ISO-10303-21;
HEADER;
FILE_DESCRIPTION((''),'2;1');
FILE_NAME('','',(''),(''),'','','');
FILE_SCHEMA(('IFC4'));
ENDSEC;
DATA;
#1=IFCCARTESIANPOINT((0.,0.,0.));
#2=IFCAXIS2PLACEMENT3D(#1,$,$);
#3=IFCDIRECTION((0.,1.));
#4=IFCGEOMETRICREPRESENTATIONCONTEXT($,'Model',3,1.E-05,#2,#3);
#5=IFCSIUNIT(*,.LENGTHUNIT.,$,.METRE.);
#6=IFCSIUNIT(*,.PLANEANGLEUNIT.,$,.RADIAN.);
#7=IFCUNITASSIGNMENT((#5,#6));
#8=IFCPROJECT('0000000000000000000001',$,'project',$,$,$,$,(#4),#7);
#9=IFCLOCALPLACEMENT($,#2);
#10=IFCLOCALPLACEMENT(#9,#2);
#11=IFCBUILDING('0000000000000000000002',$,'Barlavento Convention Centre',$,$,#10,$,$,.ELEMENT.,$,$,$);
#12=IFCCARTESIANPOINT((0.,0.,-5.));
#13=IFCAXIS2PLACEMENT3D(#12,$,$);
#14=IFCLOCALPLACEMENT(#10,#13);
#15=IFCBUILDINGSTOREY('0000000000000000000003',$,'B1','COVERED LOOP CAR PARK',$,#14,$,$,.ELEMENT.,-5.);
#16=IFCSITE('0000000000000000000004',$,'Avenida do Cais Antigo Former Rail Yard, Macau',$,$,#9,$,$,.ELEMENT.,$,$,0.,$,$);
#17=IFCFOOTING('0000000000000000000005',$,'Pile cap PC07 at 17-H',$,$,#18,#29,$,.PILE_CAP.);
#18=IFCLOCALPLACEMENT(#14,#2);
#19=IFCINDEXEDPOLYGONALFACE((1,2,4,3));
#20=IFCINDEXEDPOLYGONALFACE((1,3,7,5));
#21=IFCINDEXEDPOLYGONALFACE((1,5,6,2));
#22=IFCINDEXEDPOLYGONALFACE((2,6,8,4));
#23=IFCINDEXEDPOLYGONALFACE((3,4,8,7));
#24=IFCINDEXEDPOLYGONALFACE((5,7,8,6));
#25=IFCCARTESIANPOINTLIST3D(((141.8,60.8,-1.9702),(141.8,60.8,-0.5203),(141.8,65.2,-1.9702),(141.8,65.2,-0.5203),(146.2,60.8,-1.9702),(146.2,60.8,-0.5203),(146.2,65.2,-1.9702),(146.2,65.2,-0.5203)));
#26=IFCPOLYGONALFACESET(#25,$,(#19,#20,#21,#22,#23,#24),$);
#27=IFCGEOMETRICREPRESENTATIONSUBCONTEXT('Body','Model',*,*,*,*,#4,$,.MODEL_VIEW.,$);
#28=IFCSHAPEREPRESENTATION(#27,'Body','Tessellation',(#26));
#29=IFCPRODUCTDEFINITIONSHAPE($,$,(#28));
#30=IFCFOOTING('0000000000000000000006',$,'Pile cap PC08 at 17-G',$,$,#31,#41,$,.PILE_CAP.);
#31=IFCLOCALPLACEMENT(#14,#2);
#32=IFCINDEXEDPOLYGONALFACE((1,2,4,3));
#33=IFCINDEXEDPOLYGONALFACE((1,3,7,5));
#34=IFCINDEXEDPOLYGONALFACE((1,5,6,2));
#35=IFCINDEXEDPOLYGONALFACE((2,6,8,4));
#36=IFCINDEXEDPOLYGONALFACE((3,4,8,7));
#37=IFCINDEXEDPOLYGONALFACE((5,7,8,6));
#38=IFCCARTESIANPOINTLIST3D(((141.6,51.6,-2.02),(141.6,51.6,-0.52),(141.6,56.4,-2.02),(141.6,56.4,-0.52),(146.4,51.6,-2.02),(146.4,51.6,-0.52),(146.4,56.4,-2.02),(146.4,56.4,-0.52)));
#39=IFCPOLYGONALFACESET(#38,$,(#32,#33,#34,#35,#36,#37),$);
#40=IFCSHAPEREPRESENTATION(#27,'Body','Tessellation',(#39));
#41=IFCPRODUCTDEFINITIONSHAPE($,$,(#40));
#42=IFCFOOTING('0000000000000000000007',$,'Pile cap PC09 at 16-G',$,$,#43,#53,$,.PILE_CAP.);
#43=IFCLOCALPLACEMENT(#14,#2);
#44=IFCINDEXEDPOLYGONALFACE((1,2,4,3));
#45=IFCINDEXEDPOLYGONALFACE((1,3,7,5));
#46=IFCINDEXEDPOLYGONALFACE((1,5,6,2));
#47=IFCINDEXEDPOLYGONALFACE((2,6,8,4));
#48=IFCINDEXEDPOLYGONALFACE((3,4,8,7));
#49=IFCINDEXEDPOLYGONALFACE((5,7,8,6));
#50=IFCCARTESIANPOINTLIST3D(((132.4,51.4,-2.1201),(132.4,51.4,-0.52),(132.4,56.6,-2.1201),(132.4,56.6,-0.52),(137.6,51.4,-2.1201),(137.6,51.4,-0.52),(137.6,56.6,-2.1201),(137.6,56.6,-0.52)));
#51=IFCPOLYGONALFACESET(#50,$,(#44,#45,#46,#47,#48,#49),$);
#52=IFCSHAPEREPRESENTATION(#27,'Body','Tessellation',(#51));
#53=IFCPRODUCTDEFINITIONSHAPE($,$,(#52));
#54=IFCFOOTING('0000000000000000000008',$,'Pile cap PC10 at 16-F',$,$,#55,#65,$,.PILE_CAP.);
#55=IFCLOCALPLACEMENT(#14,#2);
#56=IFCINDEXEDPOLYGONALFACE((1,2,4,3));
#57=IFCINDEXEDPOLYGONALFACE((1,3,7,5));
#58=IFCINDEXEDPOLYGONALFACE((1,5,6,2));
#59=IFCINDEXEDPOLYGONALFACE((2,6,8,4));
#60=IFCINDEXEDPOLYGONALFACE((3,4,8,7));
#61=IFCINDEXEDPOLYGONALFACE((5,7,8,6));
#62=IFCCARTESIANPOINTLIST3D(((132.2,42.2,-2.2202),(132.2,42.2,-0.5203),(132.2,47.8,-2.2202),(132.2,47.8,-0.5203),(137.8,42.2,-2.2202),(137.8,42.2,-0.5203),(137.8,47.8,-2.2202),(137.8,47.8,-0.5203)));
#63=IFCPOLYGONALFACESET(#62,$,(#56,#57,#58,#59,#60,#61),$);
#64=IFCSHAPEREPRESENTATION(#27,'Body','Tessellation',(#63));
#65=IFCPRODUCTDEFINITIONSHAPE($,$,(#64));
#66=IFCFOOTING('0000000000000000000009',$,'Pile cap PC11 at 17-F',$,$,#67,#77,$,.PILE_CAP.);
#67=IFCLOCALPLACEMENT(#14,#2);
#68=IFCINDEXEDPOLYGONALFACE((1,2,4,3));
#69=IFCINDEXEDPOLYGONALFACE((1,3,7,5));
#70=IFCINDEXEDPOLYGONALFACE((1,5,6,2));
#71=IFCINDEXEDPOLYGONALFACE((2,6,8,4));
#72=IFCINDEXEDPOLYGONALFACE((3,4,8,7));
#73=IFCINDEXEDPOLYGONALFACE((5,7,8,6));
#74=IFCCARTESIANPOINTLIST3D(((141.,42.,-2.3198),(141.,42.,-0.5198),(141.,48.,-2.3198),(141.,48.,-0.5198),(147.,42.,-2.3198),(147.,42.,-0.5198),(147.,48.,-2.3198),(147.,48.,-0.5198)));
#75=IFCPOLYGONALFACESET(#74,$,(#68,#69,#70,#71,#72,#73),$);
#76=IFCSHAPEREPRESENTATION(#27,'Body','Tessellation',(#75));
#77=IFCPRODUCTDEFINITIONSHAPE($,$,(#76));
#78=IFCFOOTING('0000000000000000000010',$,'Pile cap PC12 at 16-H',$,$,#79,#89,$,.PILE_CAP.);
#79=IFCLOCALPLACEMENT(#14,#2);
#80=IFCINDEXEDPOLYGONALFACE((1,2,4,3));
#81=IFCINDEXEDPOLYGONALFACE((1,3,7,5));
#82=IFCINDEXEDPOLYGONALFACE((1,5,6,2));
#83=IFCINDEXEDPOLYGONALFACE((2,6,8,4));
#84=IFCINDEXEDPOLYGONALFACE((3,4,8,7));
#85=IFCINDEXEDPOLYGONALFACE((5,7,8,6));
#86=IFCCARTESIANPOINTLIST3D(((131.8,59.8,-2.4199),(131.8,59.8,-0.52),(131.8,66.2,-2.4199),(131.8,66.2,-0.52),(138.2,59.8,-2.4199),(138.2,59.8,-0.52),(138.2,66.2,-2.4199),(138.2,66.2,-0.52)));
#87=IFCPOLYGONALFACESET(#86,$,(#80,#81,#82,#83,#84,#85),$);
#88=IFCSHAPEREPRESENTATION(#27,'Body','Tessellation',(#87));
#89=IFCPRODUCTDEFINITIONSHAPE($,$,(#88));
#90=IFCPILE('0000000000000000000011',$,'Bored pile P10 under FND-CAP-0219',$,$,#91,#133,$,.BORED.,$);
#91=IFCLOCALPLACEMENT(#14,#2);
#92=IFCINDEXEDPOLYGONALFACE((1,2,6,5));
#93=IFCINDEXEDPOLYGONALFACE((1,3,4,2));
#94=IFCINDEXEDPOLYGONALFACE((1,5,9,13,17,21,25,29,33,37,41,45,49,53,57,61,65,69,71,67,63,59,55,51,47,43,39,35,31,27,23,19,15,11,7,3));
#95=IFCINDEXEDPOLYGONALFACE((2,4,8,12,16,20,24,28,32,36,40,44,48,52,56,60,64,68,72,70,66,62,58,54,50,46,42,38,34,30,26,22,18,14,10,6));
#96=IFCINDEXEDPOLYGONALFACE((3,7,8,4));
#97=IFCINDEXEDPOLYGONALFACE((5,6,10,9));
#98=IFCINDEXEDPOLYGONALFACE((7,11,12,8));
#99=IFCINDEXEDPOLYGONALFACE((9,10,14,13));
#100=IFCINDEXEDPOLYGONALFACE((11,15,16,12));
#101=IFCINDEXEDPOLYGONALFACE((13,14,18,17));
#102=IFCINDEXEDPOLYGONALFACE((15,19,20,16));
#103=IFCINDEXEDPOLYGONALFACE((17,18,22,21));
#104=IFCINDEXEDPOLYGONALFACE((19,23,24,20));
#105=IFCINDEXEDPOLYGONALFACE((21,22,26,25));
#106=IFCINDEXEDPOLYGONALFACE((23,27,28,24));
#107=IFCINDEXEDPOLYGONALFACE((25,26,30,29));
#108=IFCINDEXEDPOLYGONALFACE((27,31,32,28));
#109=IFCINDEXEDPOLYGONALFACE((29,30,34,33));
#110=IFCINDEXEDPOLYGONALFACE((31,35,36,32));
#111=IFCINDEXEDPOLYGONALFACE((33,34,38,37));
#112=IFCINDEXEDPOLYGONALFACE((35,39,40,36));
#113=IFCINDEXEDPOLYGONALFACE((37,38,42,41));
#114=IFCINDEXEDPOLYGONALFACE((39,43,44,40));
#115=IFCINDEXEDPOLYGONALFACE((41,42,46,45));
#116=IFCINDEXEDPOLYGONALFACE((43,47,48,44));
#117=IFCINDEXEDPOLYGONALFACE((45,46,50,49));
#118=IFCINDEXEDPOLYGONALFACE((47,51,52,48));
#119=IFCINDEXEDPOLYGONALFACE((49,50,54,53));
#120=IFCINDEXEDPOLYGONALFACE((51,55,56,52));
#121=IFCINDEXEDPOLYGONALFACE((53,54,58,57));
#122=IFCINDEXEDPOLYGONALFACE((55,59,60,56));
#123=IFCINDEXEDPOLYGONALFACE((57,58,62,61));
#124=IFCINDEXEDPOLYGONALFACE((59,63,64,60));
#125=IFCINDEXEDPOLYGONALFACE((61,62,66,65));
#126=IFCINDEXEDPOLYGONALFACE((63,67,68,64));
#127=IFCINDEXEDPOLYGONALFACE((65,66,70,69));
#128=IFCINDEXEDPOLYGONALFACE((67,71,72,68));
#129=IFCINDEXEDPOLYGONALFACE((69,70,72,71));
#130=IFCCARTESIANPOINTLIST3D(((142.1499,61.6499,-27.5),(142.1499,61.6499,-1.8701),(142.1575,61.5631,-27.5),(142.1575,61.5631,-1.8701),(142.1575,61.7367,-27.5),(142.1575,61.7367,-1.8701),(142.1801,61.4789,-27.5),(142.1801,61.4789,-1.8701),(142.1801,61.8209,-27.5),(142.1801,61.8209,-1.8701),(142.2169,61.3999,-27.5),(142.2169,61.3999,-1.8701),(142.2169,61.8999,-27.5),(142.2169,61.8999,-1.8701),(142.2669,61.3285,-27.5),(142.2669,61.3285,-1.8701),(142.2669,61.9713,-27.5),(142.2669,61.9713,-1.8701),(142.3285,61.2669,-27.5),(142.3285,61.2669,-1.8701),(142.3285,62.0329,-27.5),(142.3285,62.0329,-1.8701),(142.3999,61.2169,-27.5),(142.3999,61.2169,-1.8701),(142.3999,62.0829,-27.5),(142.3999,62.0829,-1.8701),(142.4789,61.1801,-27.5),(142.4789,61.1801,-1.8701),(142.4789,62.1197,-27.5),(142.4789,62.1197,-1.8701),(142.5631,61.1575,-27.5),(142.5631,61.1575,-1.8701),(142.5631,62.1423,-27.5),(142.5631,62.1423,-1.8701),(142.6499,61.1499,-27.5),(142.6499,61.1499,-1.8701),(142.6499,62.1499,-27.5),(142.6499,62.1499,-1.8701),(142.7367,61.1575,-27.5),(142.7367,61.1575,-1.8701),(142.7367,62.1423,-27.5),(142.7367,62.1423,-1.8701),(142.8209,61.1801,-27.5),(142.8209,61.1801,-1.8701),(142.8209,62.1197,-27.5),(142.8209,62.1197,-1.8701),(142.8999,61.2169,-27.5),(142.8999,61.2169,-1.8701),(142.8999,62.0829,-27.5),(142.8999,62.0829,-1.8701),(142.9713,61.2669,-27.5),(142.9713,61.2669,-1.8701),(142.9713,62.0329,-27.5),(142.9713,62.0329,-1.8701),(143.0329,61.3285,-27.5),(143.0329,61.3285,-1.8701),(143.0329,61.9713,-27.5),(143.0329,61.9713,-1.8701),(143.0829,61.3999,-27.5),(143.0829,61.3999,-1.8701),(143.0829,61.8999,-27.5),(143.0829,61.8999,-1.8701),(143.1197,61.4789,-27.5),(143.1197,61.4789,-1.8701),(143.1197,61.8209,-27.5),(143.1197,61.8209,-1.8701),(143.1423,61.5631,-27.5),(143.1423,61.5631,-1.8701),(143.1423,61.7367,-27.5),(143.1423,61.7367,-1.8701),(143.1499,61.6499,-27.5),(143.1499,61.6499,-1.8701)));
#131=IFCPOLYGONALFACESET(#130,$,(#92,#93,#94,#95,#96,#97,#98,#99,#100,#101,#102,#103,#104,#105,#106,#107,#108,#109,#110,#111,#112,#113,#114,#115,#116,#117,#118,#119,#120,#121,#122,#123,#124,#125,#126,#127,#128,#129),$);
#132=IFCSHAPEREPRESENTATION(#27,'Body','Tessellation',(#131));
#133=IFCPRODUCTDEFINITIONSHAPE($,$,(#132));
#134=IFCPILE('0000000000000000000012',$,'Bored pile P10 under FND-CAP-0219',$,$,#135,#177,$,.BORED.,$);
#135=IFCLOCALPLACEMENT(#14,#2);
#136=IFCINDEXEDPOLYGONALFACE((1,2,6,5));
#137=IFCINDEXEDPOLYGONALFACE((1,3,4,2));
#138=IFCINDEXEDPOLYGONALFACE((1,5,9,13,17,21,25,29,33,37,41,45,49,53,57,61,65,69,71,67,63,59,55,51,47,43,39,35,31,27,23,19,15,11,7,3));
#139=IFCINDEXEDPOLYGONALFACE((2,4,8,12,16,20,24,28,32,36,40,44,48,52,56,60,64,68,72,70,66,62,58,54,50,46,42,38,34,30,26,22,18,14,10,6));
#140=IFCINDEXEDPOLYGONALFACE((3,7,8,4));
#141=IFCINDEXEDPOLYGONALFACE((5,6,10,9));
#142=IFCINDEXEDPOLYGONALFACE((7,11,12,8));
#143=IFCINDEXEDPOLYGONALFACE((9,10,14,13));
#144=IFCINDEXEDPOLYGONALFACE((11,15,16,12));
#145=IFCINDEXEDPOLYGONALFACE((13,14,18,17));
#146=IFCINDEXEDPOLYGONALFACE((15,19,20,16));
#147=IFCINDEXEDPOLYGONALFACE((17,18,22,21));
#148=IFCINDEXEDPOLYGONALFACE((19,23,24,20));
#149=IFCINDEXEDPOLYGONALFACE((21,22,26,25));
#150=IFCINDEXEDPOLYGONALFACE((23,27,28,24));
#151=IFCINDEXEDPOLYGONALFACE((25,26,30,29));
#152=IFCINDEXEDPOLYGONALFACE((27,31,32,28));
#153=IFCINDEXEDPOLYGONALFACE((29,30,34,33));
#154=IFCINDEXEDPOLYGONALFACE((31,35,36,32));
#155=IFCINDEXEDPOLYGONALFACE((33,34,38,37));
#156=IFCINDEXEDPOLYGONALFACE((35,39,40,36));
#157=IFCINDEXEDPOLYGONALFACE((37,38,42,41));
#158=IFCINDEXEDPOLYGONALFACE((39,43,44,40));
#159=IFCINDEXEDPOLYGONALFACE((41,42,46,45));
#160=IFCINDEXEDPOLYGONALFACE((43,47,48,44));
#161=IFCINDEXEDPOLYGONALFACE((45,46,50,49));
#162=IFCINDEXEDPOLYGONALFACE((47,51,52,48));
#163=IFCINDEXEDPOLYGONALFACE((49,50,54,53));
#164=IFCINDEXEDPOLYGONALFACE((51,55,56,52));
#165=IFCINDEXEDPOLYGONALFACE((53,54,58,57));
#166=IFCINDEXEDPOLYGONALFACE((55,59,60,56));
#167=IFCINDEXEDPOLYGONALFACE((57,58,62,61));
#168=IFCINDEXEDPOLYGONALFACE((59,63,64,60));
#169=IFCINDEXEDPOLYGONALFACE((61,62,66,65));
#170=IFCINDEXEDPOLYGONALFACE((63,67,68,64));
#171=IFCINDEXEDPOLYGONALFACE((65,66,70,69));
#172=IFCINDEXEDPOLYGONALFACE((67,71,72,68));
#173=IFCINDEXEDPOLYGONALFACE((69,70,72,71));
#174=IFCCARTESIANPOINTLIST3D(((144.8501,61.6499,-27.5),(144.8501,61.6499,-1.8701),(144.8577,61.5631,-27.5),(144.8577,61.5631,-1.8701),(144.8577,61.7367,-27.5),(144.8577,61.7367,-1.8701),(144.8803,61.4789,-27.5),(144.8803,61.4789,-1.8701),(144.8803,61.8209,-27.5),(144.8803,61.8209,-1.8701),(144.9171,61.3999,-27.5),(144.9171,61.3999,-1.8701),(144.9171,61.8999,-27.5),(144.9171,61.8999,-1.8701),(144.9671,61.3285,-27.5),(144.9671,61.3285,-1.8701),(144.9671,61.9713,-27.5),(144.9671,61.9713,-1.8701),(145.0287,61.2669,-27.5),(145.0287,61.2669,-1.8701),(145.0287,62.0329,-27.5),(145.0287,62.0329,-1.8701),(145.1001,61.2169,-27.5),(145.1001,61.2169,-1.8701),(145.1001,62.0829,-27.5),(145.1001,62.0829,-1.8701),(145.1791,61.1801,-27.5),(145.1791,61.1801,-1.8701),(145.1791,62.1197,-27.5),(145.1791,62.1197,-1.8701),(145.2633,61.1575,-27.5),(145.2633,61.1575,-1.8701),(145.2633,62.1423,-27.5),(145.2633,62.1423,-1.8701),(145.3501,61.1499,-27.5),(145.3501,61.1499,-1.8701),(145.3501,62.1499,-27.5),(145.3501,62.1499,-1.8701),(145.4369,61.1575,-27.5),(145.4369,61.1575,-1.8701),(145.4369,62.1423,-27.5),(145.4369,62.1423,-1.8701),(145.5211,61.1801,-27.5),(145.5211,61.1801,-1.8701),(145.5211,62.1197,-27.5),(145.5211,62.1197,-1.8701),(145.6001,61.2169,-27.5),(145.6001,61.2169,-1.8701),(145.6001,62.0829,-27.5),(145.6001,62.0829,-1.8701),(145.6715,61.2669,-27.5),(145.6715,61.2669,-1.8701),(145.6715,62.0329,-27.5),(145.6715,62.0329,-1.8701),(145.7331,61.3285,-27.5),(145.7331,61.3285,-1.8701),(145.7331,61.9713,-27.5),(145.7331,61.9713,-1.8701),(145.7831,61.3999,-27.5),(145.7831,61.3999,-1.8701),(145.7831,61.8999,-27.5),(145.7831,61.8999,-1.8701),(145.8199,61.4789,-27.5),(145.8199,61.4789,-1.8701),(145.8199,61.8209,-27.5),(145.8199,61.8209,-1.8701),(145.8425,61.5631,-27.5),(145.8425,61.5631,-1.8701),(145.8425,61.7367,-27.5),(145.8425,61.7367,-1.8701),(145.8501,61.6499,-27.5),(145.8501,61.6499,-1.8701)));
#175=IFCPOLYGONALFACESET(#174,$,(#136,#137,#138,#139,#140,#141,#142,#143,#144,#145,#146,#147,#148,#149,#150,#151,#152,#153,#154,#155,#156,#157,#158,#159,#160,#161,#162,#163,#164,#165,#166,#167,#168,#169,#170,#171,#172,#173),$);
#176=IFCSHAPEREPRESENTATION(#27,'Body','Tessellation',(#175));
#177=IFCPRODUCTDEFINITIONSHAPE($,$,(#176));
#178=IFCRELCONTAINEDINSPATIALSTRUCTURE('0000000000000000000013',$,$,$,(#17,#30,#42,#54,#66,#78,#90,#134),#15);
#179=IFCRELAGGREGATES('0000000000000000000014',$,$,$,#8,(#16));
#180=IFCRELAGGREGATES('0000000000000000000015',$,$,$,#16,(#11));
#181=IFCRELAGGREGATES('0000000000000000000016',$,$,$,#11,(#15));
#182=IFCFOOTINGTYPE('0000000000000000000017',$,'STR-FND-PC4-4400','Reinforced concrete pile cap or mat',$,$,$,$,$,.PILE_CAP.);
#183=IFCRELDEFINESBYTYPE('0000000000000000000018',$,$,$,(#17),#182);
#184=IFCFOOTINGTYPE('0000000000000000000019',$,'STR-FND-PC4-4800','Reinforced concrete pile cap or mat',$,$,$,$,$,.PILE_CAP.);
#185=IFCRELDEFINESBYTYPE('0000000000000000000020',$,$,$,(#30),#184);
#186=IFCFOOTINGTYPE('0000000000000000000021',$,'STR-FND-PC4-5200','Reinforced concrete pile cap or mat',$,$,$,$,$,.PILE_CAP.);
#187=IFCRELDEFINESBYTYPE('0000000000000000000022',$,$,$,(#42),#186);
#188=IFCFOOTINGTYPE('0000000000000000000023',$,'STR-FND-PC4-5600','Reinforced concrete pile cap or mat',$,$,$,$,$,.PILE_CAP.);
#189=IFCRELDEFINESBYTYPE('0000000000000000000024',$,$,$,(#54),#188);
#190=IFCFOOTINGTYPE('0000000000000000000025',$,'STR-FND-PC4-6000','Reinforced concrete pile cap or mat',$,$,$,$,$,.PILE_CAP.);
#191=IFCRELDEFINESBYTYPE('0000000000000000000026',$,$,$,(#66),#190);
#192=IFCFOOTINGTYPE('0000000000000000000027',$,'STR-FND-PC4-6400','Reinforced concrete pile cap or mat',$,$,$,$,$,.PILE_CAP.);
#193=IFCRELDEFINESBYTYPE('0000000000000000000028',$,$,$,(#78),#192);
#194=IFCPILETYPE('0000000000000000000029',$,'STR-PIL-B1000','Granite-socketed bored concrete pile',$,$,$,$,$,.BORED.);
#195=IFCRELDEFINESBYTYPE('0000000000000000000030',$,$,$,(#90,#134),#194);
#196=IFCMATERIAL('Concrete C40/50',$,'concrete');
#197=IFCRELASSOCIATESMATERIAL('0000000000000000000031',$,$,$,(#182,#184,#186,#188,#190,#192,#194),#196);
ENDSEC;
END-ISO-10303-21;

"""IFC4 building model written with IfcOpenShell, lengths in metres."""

from ifc_helpers import new_model, si_unit, direction, frame, origin, origin_2d, place, context, subcontext, project, spatial, rectangle, circle, extrude, material, material_profile, profile_set, type_object, element, save


model = new_model("IFC4")

# Units and contexts
model_context = context("Model", 3, precision=1e-05, world=origin(), true_north=direction((0.0, 1.0)))
body_context = subcontext(model_context, "Body", "Model", "MODEL_VIEW")
ifc_project = project(units=[si_unit("LENGTHUNIT", "METRE"), si_unit("PLANEANGLEUNIT", "RADIAN")], contexts=[model_context])

# Site, building, storey
site_placement = place(None, origin())
site = spatial("IfcSite", under=ifc_project, at=site_placement, Name="Avenida do Cais Antigo Former Rail Yard, Macau", CompositionType="ELEMENT", RefElevation=0.0)
building_placement = place(site_placement, origin())
building = spatial("IfcBuilding", under=site, at=building_placement, Name="Barlavento Convention Centre", CompositionType="ELEMENT")
storey_placement = place(building_placement, frame((0.0, 0.0, -5.0)))
storey = spatial("IfcBuildingStorey", under=building, at=storey_placement, Name="B1", Description="COVERED LOOP CAR PARK", CompositionType="ELEMENT", Elevation=-5.0)

# Footings
ifc_material_1 = material(Name="Concrete C40/50", Category="concrete")
footing_type_1 = type_object("IfcFootingType", Name="STR-FND-PC4-4400", Description="Reinforced concrete pile cap or mat", PredefinedType="PILE_CAP", material=ifc_material_1)
footing_1_placement = place(storey_placement, frame((144.0, 63.0, -1.9702), z_axis=(0.0, 0.0, 1.0), x_axis=(1.0, 0.0, 0.0)))
element("IfcFooting", 1, at=footing_1_placement, inside=storey, type_object=footing_type_1, Name="Pile cap PC07 at 17-H", PredefinedType="PILE_CAP", context=body_context, shape_type="SweptSolid", body=[
    extrude(rectangle(XDim=4.3999, YDim=4.3999, at=origin_2d()), origin(), (0.0, 0.0, 1.0), 1.45),
])
footing_type_2 = type_object("IfcFootingType", Name="STR-FND-PC4-4800", Description="Reinforced concrete pile cap or mat", PredefinedType="PILE_CAP", material=ifc_material_1)
footing_2_placement = place(storey_placement, frame((144.0, 54.0, -2.02), z_axis=(0.0, 0.0, 1.0), x_axis=(1.0, 0.0, 0.0)))
element("IfcFooting", 2, at=footing_2_placement, inside=storey, type_object=footing_type_2, Name="Pile cap PC08 at 17-G", PredefinedType="PILE_CAP", context=body_context, shape_type="SweptSolid", body=[
    extrude(rectangle(XDim=4.8, YDim=4.8, at=origin_2d()), origin(), (0.0, 0.0, 1.0), 1.5),
])
footing_type_3 = type_object("IfcFootingType", Name="STR-FND-PC4-5200", Description="Reinforced concrete pile cap or mat", PredefinedType="PILE_CAP", material=ifc_material_1)
footing_3_placement = place(storey_placement, frame((135.0, 54.0, -2.1201), z_axis=(0.0, 0.0, 1.0), x_axis=(1.0, 0.0, 0.0)))
element("IfcFooting", 3, at=footing_3_placement, inside=storey, type_object=footing_type_3, Name="Pile cap PC09 at 16-G", PredefinedType="PILE_CAP", context=body_context, shape_type="SweptSolid", body=[
    extrude(rectangle(XDim=5.2, YDim=5.2, at=origin_2d()), origin(), (0.0, 0.0, 1.0), 1.6001),
])
footing_type_4 = type_object("IfcFootingType", Name="STR-FND-PC4-5600", Description="Reinforced concrete pile cap or mat", PredefinedType="PILE_CAP", material=ifc_material_1)
footing_4_placement = place(storey_placement, frame((135.0, 45.0, -2.2202), z_axis=(0.0, 0.0, 1.0), x_axis=(1.0, 0.0, 0.0)))
element("IfcFooting", 4, at=footing_4_placement, inside=storey, type_object=footing_type_4, Name="Pile cap PC10 at 16-F", PredefinedType="PILE_CAP", context=body_context, shape_type="SweptSolid", body=[
    extrude(rectangle(XDim=5.6001, YDim=5.6001, at=origin_2d()), origin(), (0.0, 0.0, 1.0), 1.7),
])
footing_type_5 = type_object("IfcFootingType", Name="STR-FND-PC4-6000", Description="Reinforced concrete pile cap or mat", PredefinedType="PILE_CAP", material=ifc_material_1)
footing_5_placement = place(storey_placement, frame((144.0, 45.0, -2.3198), z_axis=(0.0, 0.0, 1.0), x_axis=(1.0, 0.0, 0.0)))
element("IfcFooting", 5, at=footing_5_placement, inside=storey, type_object=footing_type_5, Name="Pile cap PC11 at 17-F", PredefinedType="PILE_CAP", context=body_context, shape_type="SweptSolid", body=[
    extrude(rectangle(XDim=6.0, YDim=6.0, at=origin_2d()), origin(), (0.0, 0.0, 1.0), 1.8),
])
footing_type_6 = type_object("IfcFootingType", Name="STR-FND-PC4-6400", Description="Reinforced concrete pile cap or mat", PredefinedType="PILE_CAP", material=ifc_material_1)
footing_6_placement = place(storey_placement, frame((135.0, 63.0, -2.4199), z_axis=(0.0, 0.0, 1.0), x_axis=(1.0, 0.0, 0.0)))
element("IfcFooting", 6, at=footing_6_placement, inside=storey, type_object=footing_type_6, Name="Pile cap PC12 at 16-H", PredefinedType="PILE_CAP", context=body_context, shape_type="SweptSolid", body=[
    extrude(rectangle(XDim=6.3999, YDim=6.3999, at=origin_2d()), origin(), (0.0, 0.0, 1.0), 1.8999),
])

# Piles
ifc_material_profile_1 = material_profile(ifc_material_1, circle(Radius=0.5, at=origin_2d()), Name="BORED PILE 1000")
ifc_profile_set_1 = profile_set([ifc_material_profile_1], Name="Concrete C40/50")
pile_type_1 = type_object("IfcPileType", Name="STR-PIL-B1000", Description="Granite-socketed bored concrete pile", PredefinedType="BORED", material=ifc_profile_set_1)
for number, where, z_axis, x_axis, name in (
    (7, (142.6499, 61.6499, -1.8701), (0.0, 0.0, -1.0), (1.0, 0.0, 0.0), "Bored pile P10 under FND-CAP-0219"),
    (8, (145.3501, 61.6499, -1.8701), (0.0, 0.0, -1.0), (1.0, 0.0, 0.0), "Bored pile P10 under FND-CAP-0219"),
):
    element("IfcPile", number, at=place(storey_placement, frame(where, z_axis=z_axis, x_axis=x_axis)), inside=storey, type_object=pile_type_1, Name=name, PredefinedType="BORED", context=body_context, shape_type="SweptSolid", body=[
        extrude(circle(Radius=0.5, at=origin_2d()), origin(), (0.0, 0.0, 1.0), 25.6299),
    ])

save(model, "model.ifc")
